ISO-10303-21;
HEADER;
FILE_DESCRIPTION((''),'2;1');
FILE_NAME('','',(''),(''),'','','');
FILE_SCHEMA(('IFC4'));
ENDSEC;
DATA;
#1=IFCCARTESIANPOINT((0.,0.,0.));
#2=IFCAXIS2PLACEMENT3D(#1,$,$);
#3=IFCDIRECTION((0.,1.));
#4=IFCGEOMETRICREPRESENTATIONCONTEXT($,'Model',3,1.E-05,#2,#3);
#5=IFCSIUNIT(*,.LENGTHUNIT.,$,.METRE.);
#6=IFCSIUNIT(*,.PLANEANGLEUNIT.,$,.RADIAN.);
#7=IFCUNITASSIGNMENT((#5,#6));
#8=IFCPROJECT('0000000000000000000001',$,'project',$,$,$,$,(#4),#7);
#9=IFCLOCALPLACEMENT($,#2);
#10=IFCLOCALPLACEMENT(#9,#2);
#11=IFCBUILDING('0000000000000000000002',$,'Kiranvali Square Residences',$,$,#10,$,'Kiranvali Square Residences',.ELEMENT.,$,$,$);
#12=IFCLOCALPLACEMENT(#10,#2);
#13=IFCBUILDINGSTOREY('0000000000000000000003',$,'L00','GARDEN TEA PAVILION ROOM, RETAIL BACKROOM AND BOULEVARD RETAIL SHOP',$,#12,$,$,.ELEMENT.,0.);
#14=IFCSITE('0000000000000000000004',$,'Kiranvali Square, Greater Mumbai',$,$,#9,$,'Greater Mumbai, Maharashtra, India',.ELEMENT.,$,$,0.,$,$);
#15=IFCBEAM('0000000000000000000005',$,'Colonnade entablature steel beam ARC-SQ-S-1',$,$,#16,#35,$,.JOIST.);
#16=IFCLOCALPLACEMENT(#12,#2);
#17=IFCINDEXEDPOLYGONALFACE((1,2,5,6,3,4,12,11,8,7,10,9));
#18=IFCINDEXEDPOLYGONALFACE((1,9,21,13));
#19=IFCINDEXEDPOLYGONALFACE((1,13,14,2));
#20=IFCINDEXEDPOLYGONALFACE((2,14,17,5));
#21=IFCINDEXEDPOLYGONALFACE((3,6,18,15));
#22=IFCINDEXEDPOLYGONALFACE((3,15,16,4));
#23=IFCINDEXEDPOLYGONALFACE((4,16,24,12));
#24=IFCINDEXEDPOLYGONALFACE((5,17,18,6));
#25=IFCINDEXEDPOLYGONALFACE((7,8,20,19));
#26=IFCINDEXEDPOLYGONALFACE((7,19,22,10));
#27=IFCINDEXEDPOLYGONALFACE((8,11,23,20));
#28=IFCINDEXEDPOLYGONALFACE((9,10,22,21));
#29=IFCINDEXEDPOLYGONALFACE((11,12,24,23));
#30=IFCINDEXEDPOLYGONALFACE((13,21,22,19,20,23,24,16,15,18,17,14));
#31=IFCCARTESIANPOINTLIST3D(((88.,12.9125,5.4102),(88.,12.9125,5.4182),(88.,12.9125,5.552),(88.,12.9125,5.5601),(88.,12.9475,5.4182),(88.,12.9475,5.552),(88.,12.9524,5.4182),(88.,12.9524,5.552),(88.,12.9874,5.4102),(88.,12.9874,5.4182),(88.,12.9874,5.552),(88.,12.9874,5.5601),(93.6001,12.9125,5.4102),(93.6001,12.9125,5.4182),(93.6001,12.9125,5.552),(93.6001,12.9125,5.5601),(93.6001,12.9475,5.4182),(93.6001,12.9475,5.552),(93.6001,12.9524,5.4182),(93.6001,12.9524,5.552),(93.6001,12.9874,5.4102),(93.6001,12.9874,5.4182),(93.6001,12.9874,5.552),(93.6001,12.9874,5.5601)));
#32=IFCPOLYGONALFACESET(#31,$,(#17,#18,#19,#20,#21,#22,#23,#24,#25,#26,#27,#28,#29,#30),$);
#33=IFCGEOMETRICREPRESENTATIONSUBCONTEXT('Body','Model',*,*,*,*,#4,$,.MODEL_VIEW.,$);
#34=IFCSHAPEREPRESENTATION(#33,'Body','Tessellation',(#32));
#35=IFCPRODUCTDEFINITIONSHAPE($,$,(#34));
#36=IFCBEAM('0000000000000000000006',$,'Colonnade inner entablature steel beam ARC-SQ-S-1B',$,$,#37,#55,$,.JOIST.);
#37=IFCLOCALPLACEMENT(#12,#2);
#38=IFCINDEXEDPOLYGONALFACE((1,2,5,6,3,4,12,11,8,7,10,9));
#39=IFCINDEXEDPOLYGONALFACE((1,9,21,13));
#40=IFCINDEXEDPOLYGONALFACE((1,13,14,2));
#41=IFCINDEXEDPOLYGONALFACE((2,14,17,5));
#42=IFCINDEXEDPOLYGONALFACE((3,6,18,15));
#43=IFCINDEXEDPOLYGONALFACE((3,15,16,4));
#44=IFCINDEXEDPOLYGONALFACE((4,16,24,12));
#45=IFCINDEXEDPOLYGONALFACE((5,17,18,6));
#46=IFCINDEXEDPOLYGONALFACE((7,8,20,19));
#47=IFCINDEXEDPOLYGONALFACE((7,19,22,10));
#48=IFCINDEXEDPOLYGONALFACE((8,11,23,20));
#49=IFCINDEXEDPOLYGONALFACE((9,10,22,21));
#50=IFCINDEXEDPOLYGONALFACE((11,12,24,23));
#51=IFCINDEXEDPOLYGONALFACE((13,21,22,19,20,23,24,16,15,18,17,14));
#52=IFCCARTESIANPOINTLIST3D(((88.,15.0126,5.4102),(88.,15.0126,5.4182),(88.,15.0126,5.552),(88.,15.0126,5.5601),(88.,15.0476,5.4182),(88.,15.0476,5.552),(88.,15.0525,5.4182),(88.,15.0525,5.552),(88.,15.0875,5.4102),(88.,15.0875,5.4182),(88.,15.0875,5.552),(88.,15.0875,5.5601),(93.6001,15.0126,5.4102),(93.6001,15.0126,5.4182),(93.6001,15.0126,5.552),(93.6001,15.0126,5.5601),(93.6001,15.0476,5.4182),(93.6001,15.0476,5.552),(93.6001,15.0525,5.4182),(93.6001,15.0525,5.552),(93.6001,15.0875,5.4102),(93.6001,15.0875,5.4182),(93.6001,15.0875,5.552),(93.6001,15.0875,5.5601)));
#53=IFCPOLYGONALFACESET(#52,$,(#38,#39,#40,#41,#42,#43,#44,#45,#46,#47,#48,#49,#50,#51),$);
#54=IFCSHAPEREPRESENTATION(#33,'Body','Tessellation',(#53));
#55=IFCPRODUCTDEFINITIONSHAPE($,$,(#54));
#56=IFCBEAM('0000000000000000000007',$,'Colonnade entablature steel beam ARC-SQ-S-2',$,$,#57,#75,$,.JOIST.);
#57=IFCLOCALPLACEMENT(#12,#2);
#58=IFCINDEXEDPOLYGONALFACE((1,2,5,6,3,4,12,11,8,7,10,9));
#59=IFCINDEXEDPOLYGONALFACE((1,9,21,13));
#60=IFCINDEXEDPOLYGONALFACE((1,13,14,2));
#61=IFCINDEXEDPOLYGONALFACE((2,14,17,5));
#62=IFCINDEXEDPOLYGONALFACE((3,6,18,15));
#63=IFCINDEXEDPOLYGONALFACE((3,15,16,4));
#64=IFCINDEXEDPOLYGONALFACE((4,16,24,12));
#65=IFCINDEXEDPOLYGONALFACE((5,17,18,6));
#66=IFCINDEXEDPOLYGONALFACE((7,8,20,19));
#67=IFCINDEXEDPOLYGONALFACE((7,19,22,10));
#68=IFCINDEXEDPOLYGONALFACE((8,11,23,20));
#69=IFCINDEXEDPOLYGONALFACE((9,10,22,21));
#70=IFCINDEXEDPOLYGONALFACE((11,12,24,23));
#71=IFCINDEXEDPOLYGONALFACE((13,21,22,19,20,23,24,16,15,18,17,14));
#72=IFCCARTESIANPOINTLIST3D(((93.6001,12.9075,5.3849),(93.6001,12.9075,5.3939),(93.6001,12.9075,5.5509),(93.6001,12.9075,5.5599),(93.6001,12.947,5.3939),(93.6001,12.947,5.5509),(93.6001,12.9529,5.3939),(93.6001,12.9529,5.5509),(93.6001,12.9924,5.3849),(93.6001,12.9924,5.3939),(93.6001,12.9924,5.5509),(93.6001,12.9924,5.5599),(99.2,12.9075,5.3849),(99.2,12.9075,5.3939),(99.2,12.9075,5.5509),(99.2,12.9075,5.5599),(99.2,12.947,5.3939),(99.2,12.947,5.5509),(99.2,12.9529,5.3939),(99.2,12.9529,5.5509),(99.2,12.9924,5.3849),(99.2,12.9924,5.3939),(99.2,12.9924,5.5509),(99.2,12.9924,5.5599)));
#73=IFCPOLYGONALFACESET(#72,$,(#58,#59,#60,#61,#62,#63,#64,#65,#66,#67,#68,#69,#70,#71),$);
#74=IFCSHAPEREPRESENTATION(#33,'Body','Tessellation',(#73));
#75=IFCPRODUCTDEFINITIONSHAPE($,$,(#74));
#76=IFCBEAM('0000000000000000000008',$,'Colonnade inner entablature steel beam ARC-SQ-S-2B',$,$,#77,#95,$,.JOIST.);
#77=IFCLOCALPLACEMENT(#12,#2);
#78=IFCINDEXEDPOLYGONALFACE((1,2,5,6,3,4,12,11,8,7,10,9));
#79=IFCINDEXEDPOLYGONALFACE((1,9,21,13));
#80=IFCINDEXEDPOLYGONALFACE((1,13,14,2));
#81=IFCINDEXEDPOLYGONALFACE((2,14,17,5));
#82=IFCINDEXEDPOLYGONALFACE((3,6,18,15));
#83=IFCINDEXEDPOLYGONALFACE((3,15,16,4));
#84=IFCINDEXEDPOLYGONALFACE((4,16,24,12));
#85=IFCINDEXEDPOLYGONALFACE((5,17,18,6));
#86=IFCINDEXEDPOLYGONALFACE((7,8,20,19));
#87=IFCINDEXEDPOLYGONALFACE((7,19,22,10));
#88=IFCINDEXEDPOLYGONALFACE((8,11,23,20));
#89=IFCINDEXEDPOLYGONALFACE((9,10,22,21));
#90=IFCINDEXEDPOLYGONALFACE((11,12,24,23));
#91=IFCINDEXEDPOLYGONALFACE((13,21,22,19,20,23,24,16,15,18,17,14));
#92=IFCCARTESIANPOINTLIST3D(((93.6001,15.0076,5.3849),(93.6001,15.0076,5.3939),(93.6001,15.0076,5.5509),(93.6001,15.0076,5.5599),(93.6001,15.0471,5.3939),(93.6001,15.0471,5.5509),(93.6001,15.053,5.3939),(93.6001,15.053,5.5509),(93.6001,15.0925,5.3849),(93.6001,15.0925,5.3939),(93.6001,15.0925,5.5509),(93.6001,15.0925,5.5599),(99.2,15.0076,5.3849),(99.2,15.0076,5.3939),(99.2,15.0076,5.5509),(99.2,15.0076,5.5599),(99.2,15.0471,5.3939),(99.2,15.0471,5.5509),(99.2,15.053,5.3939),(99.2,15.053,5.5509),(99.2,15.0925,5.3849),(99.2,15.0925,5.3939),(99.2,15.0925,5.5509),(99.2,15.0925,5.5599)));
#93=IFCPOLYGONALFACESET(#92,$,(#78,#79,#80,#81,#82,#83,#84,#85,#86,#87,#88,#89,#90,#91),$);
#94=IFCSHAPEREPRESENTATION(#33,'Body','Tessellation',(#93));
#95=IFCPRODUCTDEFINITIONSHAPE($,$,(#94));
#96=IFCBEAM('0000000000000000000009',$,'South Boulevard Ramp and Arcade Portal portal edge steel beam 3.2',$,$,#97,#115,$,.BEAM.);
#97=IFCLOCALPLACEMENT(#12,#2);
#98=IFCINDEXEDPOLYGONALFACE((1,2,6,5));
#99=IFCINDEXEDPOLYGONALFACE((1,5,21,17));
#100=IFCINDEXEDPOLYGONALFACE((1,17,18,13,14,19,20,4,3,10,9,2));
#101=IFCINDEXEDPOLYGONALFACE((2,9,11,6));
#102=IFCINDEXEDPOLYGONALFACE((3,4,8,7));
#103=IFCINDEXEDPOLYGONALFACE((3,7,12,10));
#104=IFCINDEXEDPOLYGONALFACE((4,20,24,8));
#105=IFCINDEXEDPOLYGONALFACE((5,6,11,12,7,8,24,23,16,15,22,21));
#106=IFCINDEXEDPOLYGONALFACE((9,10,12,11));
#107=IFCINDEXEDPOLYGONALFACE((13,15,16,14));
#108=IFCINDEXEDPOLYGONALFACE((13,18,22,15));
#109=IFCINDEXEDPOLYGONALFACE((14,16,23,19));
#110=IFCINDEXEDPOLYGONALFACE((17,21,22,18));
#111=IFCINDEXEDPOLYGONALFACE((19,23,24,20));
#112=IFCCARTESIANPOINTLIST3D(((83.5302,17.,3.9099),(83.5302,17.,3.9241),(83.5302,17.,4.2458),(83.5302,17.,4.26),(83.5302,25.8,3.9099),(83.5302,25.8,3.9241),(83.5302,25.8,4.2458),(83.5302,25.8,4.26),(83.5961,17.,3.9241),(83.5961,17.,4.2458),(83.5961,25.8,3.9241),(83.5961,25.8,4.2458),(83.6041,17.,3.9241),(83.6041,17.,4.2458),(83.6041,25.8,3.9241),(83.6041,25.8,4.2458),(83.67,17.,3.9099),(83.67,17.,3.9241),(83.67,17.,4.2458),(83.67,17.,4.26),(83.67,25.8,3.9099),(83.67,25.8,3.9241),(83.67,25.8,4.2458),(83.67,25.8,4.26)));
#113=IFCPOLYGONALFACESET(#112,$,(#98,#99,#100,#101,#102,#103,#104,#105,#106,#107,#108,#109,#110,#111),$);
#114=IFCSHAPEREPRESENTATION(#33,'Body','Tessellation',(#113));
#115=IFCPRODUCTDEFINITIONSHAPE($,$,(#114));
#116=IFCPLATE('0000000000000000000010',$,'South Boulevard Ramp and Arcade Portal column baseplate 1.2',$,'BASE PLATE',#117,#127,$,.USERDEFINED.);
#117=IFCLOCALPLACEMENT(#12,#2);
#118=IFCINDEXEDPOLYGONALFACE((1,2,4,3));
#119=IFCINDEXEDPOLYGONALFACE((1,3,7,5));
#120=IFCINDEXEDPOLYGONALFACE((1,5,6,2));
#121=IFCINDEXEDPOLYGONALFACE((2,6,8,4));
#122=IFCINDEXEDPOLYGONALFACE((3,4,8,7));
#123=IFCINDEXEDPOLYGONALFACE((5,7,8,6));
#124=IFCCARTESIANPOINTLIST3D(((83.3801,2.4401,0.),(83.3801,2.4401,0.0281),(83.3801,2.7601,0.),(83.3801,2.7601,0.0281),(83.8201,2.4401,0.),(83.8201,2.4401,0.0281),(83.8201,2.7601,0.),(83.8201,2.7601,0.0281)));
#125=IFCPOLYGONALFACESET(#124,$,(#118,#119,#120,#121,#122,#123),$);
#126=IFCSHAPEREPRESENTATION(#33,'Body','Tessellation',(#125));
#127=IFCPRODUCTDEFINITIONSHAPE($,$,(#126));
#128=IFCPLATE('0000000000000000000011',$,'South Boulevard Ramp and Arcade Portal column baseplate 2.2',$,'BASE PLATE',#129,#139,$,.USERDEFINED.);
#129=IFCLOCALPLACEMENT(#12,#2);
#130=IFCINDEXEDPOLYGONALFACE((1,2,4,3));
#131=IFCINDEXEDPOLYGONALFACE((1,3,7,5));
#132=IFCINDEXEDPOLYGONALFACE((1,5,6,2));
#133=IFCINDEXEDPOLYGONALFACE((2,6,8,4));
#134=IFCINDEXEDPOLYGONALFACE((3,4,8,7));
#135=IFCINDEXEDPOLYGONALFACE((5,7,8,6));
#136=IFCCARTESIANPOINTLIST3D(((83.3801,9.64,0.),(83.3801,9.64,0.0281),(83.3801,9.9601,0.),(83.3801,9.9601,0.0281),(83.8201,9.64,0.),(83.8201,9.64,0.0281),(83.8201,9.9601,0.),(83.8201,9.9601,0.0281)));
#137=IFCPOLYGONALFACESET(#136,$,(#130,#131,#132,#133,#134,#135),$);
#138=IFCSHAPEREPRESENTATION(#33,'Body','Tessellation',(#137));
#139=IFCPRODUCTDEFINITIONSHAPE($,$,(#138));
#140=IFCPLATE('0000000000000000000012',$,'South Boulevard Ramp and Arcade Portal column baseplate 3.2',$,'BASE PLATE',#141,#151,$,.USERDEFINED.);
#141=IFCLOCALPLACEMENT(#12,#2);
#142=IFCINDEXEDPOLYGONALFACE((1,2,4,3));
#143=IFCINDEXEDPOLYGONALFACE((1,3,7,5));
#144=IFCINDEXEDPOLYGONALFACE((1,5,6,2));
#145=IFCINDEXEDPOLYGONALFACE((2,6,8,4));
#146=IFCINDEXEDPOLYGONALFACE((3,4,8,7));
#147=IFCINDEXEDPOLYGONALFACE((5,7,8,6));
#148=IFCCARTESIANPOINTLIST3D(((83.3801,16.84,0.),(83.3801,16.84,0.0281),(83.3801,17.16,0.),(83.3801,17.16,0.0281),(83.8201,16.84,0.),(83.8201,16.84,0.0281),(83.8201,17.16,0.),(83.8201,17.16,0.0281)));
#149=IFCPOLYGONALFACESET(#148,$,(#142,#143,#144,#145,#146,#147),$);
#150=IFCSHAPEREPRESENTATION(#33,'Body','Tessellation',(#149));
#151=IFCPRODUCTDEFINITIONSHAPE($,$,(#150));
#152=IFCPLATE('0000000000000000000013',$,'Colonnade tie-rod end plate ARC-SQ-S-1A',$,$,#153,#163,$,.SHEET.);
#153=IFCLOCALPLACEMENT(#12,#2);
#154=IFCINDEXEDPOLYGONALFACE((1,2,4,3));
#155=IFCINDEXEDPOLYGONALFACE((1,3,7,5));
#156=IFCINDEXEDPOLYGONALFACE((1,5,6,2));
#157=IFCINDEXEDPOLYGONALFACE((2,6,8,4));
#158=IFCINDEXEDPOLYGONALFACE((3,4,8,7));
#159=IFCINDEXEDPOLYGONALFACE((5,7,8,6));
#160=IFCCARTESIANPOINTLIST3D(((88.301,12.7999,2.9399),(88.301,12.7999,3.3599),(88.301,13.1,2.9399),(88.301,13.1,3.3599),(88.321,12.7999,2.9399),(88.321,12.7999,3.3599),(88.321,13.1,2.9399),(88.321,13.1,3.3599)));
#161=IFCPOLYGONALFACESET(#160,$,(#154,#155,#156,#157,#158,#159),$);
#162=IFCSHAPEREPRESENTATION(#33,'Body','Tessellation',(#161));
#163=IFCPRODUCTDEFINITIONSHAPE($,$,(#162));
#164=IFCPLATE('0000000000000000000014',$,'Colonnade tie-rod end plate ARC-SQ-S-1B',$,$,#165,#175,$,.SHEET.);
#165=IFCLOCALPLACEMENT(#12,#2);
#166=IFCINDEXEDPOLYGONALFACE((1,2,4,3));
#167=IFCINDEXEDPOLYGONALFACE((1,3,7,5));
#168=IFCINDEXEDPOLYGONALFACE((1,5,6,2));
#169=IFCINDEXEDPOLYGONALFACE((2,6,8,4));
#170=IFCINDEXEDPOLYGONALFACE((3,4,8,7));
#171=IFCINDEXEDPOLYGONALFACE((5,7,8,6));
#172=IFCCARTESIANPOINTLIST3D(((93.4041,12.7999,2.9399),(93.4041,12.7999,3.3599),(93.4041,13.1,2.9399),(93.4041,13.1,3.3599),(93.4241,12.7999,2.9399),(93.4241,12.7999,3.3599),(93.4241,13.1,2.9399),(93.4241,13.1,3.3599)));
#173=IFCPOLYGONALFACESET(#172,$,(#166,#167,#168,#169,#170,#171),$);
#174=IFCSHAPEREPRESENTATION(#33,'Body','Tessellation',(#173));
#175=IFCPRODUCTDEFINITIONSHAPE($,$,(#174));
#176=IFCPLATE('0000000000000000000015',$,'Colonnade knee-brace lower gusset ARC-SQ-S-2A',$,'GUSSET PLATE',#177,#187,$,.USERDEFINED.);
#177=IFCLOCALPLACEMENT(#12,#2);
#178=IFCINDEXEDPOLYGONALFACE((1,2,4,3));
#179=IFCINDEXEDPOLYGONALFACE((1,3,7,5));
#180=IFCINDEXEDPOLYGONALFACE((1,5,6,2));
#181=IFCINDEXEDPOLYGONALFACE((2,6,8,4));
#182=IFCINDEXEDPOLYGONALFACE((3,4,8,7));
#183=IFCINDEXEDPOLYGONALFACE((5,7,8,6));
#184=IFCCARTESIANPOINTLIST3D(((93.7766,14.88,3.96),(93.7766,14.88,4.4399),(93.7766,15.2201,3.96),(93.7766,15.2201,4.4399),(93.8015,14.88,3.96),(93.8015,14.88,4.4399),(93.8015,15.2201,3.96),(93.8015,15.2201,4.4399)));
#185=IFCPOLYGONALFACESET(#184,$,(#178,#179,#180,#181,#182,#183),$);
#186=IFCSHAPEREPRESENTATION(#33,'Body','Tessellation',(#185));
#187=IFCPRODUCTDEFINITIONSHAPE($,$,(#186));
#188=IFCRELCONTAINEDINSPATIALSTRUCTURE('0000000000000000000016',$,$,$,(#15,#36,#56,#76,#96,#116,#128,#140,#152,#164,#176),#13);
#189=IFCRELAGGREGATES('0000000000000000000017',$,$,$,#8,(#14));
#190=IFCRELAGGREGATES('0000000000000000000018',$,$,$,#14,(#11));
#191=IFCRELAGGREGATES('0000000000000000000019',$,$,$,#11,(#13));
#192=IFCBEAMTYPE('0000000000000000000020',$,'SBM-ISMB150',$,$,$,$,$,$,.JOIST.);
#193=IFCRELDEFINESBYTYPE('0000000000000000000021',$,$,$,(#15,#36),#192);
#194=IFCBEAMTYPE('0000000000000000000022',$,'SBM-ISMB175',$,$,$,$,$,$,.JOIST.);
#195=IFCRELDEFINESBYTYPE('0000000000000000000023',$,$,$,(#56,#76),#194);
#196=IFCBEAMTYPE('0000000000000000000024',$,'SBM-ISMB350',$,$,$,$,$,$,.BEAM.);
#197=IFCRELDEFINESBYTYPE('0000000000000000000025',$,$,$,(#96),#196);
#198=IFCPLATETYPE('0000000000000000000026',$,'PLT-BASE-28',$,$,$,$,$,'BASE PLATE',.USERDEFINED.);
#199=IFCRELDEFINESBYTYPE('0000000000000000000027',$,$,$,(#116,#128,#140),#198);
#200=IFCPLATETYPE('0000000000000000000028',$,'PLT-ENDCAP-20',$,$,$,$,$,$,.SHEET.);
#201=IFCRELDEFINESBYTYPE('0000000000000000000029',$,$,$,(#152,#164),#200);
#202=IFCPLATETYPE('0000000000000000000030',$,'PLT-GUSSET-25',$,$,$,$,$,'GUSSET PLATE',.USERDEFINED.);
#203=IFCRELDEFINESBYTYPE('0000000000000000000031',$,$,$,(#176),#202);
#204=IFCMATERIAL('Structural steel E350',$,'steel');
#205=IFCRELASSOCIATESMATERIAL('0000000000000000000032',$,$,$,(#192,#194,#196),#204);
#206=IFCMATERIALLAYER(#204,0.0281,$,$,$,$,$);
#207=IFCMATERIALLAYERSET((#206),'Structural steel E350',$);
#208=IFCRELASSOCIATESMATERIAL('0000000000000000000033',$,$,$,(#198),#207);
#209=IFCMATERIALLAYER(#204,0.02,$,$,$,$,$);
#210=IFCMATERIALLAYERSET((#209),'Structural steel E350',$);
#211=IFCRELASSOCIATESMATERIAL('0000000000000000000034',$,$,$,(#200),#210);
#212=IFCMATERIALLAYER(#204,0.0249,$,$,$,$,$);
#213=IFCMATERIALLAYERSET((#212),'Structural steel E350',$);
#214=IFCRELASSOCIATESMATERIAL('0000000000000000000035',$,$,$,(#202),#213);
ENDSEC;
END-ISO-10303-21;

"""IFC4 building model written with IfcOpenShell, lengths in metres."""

from ifc_helpers import new_model, si_unit, direction, frame, origin, origin_2d, place, context, subcontext, project, spatial, rectangle, i_section, extrude, material, layer, layer_set, material_profile, profile_set, type_object, element, save


model = new_model("IFC4")

# Units and contexts
model_context = context("Model", 3, precision=1e-05, world=origin(), true_north=direction((0.0, 1.0)))
body_context = subcontext(model_context, "Body", "Model", "MODEL_VIEW")
ifc_project = project(units=[si_unit("LENGTHUNIT", "METRE"), si_unit("PLANEANGLEUNIT", "RADIAN")], contexts=[model_context])

# Site, building, storey
site_placement = place(None, origin())
site = spatial("IfcSite", under=ifc_project, at=site_placement, Name="Kiranvali Square, Greater Mumbai", LongName="Greater Mumbai, Maharashtra, India", CompositionType="ELEMENT", RefElevation=0.0)
building_placement = place(site_placement, origin())
building = spatial("IfcBuilding", under=site, at=building_placement, Name="Kiranvali Square Residences", LongName="Kiranvali Square Residences", CompositionType="ELEMENT")
storey_placement = place(building_placement, origin())
storey = spatial("IfcBuildingStorey", under=building, at=storey_placement, Name="L00", Description="GARDEN TEA PAVILION ROOM, RETAIL BACKROOM AND BOULEVARD RETAIL SHOP", CompositionType="ELEMENT", Elevation=0.0)

# Shared definitions
ifc_material_1 = material(Name="Structural steel E350", Category="steel")

# Beams
ifc_material_profile_1 = material_profile(ifc_material_1, i_section(OverallWidth=0.075, OverallDepth=0.1499, WebThickness=0.0049, FlangeThickness=0.0081, at=origin_2d()), Name="ISMB 150")
ifc_profile_set_1 = profile_set([ifc_material_profile_1], Name="Structural steel E350")
beam_type_1 = type_object("IfcBeamType", Name="SBM-ISMB150", PredefinedType="JOIST", material=ifc_profile_set_1)
for number, where, z_axis, x_axis, name in (
    (1, (88.0, 12.95, 5.4851), (1.0, 0.0, 0.0), (0.0, 1.0, 0.0), "Colonnade entablature steel beam ARC-SQ-S-1"),
    (2, (88.0, 15.05, 5.4851), (1.0, 0.0, 0.0), (0.0, 1.0, 0.0), "Colonnade inner entablature steel beam ARC-SQ-S-1B"),
):
    element("IfcBeam", number, at=place(storey_placement, frame(where, z_axis=z_axis, x_axis=x_axis)), inside=storey, type_object=beam_type_1, Name=name, PredefinedType="JOIST", context=body_context, shape_type="SweptSolid", body=[
        extrude(i_section(OverallWidth=0.075, OverallDepth=0.1499, WebThickness=0.0049, FlangeThickness=0.0081, at=origin_2d()), origin(), (0.0, 0.0, 1.0), 5.6001),
    ])
ifc_material_profile_2 = material_profile(ifc_material_1, i_section(OverallWidth=0.085, OverallDepth=0.175, WebThickness=0.0059, FlangeThickness=0.009, at=origin_2d()), Name="ISMB 175")
ifc_profile_set_2 = profile_set([ifc_material_profile_2], Name="Structural steel E350")
beam_type_2 = type_object("IfcBeamType", Name="SBM-ISMB175", PredefinedType="JOIST", material=ifc_profile_set_2)
for number, where, z_axis, x_axis, name in (
    (3, (93.6001, 12.95, 5.4724), (1.0, 0.0, 0.0), (0.0, 1.0, 0.0), "Colonnade entablature steel beam ARC-SQ-S-2"),
    (4, (93.6001, 15.05, 5.4724), (1.0, 0.0, 0.0), (0.0, 1.0, 0.0), "Colonnade inner entablature steel beam ARC-SQ-S-2B"),
):
    element("IfcBeam", number, at=place(storey_placement, frame(where, z_axis=z_axis, x_axis=x_axis)), inside=storey, type_object=beam_type_2, Name=name, PredefinedType="JOIST", context=body_context, shape_type="SweptSolid", body=[
        extrude(i_section(OverallWidth=0.085, OverallDepth=0.175, WebThickness=0.0059, FlangeThickness=0.009, at=origin_2d()), origin(), (0.0, 0.0, 1.0), 5.5999),
    ])
ifc_material_profile_3 = material_profile(ifc_material_1, i_section(OverallWidth=0.1399, OverallDepth=0.3501, WebThickness=0.0081, FlangeThickness=0.0142, at=origin_2d()), Name="ISMB 350")
ifc_profile_set_3 = profile_set([ifc_material_profile_3], Name="Structural steel E350")
beam_type_3 = type_object("IfcBeamType", Name="SBM-ISMB350", PredefinedType="BEAM", material=ifc_profile_set_3)
beam_1_placement = place(storey_placement, frame((83.6001, 17.0, 4.085), z_axis=(0.0, 1.0, 0.0), x_axis=(-1.0, 0.0, 0.0)))
element("IfcBeam", 5, at=beam_1_placement, inside=storey, type_object=beam_type_3, Name="South Boulevard Ramp and Arcade Portal portal edge steel beam 3.2", PredefinedType="BEAM", context=body_context, shape_type="SweptSolid", body=[
    extrude(i_section(OverallWidth=0.1399, OverallDepth=0.3501, WebThickness=0.0081, FlangeThickness=0.0142, at=origin_2d()), origin(), (0.0, 0.0, 1.0), 8.8),
])

# Plates
ifc_layer_1 = layer(ifc_material_1, 0.0281)
ifc_layer_set_1 = layer_set([ifc_layer_1], Name="Structural steel E350")
plate_type_1 = type_object("IfcPlateType", Name="PLT-BASE-28", ElementType="BASE PLATE", PredefinedType="USERDEFINED", material=ifc_layer_set_1)
for number, where, z_axis, x_axis, name in (
    (6, (83.6001, 2.6001, 0.0), (0.0, 0.0, 1.0), (1.0, 0.0, 0.0), "South Boulevard Ramp and Arcade Portal column baseplate 1.2"),
    (7, (83.6001, 9.8, 0.0), (0.0, 0.0, 1.0), (1.0, 0.0, 0.0), "South Boulevard Ramp and Arcade Portal column baseplate 2.2"),
    (8, (83.6001, 17.0, 0.0), (0.0, 0.0, 1.0), (1.0, 0.0, 0.0), "South Boulevard Ramp and Arcade Portal column baseplate 3.2"),
):
    element("IfcPlate", number, at=place(storey_placement, frame(where, z_axis=z_axis, x_axis=x_axis)), inside=storey, type_object=plate_type_1, Name=name, ObjectType="BASE PLATE", PredefinedType="USERDEFINED", context=body_context, shape_type="SweptSolid", body=[
        extrude(rectangle(XDim=0.4399, YDim=0.3201, at=origin_2d()), origin(), (0.0, 0.0, 1.0), 0.0281),
    ])
ifc_layer_2 = layer(ifc_material_1, 0.02)
ifc_layer_set_2 = layer_set([ifc_layer_2], Name="Structural steel E350")
plate_type_2 = type_object("IfcPlateType", Name="PLT-ENDCAP-20", PredefinedType="SHEET", material=ifc_layer_set_2)
for number, where, z_axis, x_axis, name in (
    (9, (88.311, 12.95, 2.9399), (0.0, 0.0, 1.0), (1.0, 0.0, 0.0), "Colonnade tie-rod end plate ARC-SQ-S-1A"),
    (10, (93.4141, 12.95, 2.9399), (0.0, 0.0, 1.0), (1.0, 0.0, 0.0), "Colonnade tie-rod end plate ARC-SQ-S-1B"),
):
    element("IfcPlate", number, at=place(storey_placement, frame(where, z_axis=z_axis, x_axis=x_axis)), inside=storey, type_object=plate_type_2, Name=name, PredefinedType="SHEET", context=body_context, shape_type="SweptSolid", body=[
        extrude(rectangle(XDim=0.02, YDim=0.3, at=origin_2d()), origin(), (0.0, 0.0, 1.0), 0.4199),
    ])
ifc_layer_3 = layer(ifc_material_1, 0.0249)
ifc_layer_set_3 = layer_set([ifc_layer_3], Name="Structural steel E350")
plate_type_3 = type_object("IfcPlateType", Name="PLT-GUSSET-25", ElementType="GUSSET PLATE", PredefinedType="USERDEFINED", material=ifc_layer_set_3)
plate_placement = place(storey_placement, frame((93.7891, 15.05, 3.96), z_axis=(0.0, 0.0, 1.0), x_axis=(1.0, 0.0, 0.0)))
element("IfcPlate", 11, at=plate_placement, inside=storey, type_object=plate_type_3, Name="Colonnade knee-brace lower gusset ARC-SQ-S-2A", ObjectType="GUSSET PLATE", PredefinedType="USERDEFINED", context=body_context, shape_type="SweptSolid", body=[
    extrude(rectangle(XDim=0.0249, YDim=0.3401, at=origin_2d()), origin(), (0.0, 0.0, 1.0), 0.48),
])

save(model, "model.ifc")
